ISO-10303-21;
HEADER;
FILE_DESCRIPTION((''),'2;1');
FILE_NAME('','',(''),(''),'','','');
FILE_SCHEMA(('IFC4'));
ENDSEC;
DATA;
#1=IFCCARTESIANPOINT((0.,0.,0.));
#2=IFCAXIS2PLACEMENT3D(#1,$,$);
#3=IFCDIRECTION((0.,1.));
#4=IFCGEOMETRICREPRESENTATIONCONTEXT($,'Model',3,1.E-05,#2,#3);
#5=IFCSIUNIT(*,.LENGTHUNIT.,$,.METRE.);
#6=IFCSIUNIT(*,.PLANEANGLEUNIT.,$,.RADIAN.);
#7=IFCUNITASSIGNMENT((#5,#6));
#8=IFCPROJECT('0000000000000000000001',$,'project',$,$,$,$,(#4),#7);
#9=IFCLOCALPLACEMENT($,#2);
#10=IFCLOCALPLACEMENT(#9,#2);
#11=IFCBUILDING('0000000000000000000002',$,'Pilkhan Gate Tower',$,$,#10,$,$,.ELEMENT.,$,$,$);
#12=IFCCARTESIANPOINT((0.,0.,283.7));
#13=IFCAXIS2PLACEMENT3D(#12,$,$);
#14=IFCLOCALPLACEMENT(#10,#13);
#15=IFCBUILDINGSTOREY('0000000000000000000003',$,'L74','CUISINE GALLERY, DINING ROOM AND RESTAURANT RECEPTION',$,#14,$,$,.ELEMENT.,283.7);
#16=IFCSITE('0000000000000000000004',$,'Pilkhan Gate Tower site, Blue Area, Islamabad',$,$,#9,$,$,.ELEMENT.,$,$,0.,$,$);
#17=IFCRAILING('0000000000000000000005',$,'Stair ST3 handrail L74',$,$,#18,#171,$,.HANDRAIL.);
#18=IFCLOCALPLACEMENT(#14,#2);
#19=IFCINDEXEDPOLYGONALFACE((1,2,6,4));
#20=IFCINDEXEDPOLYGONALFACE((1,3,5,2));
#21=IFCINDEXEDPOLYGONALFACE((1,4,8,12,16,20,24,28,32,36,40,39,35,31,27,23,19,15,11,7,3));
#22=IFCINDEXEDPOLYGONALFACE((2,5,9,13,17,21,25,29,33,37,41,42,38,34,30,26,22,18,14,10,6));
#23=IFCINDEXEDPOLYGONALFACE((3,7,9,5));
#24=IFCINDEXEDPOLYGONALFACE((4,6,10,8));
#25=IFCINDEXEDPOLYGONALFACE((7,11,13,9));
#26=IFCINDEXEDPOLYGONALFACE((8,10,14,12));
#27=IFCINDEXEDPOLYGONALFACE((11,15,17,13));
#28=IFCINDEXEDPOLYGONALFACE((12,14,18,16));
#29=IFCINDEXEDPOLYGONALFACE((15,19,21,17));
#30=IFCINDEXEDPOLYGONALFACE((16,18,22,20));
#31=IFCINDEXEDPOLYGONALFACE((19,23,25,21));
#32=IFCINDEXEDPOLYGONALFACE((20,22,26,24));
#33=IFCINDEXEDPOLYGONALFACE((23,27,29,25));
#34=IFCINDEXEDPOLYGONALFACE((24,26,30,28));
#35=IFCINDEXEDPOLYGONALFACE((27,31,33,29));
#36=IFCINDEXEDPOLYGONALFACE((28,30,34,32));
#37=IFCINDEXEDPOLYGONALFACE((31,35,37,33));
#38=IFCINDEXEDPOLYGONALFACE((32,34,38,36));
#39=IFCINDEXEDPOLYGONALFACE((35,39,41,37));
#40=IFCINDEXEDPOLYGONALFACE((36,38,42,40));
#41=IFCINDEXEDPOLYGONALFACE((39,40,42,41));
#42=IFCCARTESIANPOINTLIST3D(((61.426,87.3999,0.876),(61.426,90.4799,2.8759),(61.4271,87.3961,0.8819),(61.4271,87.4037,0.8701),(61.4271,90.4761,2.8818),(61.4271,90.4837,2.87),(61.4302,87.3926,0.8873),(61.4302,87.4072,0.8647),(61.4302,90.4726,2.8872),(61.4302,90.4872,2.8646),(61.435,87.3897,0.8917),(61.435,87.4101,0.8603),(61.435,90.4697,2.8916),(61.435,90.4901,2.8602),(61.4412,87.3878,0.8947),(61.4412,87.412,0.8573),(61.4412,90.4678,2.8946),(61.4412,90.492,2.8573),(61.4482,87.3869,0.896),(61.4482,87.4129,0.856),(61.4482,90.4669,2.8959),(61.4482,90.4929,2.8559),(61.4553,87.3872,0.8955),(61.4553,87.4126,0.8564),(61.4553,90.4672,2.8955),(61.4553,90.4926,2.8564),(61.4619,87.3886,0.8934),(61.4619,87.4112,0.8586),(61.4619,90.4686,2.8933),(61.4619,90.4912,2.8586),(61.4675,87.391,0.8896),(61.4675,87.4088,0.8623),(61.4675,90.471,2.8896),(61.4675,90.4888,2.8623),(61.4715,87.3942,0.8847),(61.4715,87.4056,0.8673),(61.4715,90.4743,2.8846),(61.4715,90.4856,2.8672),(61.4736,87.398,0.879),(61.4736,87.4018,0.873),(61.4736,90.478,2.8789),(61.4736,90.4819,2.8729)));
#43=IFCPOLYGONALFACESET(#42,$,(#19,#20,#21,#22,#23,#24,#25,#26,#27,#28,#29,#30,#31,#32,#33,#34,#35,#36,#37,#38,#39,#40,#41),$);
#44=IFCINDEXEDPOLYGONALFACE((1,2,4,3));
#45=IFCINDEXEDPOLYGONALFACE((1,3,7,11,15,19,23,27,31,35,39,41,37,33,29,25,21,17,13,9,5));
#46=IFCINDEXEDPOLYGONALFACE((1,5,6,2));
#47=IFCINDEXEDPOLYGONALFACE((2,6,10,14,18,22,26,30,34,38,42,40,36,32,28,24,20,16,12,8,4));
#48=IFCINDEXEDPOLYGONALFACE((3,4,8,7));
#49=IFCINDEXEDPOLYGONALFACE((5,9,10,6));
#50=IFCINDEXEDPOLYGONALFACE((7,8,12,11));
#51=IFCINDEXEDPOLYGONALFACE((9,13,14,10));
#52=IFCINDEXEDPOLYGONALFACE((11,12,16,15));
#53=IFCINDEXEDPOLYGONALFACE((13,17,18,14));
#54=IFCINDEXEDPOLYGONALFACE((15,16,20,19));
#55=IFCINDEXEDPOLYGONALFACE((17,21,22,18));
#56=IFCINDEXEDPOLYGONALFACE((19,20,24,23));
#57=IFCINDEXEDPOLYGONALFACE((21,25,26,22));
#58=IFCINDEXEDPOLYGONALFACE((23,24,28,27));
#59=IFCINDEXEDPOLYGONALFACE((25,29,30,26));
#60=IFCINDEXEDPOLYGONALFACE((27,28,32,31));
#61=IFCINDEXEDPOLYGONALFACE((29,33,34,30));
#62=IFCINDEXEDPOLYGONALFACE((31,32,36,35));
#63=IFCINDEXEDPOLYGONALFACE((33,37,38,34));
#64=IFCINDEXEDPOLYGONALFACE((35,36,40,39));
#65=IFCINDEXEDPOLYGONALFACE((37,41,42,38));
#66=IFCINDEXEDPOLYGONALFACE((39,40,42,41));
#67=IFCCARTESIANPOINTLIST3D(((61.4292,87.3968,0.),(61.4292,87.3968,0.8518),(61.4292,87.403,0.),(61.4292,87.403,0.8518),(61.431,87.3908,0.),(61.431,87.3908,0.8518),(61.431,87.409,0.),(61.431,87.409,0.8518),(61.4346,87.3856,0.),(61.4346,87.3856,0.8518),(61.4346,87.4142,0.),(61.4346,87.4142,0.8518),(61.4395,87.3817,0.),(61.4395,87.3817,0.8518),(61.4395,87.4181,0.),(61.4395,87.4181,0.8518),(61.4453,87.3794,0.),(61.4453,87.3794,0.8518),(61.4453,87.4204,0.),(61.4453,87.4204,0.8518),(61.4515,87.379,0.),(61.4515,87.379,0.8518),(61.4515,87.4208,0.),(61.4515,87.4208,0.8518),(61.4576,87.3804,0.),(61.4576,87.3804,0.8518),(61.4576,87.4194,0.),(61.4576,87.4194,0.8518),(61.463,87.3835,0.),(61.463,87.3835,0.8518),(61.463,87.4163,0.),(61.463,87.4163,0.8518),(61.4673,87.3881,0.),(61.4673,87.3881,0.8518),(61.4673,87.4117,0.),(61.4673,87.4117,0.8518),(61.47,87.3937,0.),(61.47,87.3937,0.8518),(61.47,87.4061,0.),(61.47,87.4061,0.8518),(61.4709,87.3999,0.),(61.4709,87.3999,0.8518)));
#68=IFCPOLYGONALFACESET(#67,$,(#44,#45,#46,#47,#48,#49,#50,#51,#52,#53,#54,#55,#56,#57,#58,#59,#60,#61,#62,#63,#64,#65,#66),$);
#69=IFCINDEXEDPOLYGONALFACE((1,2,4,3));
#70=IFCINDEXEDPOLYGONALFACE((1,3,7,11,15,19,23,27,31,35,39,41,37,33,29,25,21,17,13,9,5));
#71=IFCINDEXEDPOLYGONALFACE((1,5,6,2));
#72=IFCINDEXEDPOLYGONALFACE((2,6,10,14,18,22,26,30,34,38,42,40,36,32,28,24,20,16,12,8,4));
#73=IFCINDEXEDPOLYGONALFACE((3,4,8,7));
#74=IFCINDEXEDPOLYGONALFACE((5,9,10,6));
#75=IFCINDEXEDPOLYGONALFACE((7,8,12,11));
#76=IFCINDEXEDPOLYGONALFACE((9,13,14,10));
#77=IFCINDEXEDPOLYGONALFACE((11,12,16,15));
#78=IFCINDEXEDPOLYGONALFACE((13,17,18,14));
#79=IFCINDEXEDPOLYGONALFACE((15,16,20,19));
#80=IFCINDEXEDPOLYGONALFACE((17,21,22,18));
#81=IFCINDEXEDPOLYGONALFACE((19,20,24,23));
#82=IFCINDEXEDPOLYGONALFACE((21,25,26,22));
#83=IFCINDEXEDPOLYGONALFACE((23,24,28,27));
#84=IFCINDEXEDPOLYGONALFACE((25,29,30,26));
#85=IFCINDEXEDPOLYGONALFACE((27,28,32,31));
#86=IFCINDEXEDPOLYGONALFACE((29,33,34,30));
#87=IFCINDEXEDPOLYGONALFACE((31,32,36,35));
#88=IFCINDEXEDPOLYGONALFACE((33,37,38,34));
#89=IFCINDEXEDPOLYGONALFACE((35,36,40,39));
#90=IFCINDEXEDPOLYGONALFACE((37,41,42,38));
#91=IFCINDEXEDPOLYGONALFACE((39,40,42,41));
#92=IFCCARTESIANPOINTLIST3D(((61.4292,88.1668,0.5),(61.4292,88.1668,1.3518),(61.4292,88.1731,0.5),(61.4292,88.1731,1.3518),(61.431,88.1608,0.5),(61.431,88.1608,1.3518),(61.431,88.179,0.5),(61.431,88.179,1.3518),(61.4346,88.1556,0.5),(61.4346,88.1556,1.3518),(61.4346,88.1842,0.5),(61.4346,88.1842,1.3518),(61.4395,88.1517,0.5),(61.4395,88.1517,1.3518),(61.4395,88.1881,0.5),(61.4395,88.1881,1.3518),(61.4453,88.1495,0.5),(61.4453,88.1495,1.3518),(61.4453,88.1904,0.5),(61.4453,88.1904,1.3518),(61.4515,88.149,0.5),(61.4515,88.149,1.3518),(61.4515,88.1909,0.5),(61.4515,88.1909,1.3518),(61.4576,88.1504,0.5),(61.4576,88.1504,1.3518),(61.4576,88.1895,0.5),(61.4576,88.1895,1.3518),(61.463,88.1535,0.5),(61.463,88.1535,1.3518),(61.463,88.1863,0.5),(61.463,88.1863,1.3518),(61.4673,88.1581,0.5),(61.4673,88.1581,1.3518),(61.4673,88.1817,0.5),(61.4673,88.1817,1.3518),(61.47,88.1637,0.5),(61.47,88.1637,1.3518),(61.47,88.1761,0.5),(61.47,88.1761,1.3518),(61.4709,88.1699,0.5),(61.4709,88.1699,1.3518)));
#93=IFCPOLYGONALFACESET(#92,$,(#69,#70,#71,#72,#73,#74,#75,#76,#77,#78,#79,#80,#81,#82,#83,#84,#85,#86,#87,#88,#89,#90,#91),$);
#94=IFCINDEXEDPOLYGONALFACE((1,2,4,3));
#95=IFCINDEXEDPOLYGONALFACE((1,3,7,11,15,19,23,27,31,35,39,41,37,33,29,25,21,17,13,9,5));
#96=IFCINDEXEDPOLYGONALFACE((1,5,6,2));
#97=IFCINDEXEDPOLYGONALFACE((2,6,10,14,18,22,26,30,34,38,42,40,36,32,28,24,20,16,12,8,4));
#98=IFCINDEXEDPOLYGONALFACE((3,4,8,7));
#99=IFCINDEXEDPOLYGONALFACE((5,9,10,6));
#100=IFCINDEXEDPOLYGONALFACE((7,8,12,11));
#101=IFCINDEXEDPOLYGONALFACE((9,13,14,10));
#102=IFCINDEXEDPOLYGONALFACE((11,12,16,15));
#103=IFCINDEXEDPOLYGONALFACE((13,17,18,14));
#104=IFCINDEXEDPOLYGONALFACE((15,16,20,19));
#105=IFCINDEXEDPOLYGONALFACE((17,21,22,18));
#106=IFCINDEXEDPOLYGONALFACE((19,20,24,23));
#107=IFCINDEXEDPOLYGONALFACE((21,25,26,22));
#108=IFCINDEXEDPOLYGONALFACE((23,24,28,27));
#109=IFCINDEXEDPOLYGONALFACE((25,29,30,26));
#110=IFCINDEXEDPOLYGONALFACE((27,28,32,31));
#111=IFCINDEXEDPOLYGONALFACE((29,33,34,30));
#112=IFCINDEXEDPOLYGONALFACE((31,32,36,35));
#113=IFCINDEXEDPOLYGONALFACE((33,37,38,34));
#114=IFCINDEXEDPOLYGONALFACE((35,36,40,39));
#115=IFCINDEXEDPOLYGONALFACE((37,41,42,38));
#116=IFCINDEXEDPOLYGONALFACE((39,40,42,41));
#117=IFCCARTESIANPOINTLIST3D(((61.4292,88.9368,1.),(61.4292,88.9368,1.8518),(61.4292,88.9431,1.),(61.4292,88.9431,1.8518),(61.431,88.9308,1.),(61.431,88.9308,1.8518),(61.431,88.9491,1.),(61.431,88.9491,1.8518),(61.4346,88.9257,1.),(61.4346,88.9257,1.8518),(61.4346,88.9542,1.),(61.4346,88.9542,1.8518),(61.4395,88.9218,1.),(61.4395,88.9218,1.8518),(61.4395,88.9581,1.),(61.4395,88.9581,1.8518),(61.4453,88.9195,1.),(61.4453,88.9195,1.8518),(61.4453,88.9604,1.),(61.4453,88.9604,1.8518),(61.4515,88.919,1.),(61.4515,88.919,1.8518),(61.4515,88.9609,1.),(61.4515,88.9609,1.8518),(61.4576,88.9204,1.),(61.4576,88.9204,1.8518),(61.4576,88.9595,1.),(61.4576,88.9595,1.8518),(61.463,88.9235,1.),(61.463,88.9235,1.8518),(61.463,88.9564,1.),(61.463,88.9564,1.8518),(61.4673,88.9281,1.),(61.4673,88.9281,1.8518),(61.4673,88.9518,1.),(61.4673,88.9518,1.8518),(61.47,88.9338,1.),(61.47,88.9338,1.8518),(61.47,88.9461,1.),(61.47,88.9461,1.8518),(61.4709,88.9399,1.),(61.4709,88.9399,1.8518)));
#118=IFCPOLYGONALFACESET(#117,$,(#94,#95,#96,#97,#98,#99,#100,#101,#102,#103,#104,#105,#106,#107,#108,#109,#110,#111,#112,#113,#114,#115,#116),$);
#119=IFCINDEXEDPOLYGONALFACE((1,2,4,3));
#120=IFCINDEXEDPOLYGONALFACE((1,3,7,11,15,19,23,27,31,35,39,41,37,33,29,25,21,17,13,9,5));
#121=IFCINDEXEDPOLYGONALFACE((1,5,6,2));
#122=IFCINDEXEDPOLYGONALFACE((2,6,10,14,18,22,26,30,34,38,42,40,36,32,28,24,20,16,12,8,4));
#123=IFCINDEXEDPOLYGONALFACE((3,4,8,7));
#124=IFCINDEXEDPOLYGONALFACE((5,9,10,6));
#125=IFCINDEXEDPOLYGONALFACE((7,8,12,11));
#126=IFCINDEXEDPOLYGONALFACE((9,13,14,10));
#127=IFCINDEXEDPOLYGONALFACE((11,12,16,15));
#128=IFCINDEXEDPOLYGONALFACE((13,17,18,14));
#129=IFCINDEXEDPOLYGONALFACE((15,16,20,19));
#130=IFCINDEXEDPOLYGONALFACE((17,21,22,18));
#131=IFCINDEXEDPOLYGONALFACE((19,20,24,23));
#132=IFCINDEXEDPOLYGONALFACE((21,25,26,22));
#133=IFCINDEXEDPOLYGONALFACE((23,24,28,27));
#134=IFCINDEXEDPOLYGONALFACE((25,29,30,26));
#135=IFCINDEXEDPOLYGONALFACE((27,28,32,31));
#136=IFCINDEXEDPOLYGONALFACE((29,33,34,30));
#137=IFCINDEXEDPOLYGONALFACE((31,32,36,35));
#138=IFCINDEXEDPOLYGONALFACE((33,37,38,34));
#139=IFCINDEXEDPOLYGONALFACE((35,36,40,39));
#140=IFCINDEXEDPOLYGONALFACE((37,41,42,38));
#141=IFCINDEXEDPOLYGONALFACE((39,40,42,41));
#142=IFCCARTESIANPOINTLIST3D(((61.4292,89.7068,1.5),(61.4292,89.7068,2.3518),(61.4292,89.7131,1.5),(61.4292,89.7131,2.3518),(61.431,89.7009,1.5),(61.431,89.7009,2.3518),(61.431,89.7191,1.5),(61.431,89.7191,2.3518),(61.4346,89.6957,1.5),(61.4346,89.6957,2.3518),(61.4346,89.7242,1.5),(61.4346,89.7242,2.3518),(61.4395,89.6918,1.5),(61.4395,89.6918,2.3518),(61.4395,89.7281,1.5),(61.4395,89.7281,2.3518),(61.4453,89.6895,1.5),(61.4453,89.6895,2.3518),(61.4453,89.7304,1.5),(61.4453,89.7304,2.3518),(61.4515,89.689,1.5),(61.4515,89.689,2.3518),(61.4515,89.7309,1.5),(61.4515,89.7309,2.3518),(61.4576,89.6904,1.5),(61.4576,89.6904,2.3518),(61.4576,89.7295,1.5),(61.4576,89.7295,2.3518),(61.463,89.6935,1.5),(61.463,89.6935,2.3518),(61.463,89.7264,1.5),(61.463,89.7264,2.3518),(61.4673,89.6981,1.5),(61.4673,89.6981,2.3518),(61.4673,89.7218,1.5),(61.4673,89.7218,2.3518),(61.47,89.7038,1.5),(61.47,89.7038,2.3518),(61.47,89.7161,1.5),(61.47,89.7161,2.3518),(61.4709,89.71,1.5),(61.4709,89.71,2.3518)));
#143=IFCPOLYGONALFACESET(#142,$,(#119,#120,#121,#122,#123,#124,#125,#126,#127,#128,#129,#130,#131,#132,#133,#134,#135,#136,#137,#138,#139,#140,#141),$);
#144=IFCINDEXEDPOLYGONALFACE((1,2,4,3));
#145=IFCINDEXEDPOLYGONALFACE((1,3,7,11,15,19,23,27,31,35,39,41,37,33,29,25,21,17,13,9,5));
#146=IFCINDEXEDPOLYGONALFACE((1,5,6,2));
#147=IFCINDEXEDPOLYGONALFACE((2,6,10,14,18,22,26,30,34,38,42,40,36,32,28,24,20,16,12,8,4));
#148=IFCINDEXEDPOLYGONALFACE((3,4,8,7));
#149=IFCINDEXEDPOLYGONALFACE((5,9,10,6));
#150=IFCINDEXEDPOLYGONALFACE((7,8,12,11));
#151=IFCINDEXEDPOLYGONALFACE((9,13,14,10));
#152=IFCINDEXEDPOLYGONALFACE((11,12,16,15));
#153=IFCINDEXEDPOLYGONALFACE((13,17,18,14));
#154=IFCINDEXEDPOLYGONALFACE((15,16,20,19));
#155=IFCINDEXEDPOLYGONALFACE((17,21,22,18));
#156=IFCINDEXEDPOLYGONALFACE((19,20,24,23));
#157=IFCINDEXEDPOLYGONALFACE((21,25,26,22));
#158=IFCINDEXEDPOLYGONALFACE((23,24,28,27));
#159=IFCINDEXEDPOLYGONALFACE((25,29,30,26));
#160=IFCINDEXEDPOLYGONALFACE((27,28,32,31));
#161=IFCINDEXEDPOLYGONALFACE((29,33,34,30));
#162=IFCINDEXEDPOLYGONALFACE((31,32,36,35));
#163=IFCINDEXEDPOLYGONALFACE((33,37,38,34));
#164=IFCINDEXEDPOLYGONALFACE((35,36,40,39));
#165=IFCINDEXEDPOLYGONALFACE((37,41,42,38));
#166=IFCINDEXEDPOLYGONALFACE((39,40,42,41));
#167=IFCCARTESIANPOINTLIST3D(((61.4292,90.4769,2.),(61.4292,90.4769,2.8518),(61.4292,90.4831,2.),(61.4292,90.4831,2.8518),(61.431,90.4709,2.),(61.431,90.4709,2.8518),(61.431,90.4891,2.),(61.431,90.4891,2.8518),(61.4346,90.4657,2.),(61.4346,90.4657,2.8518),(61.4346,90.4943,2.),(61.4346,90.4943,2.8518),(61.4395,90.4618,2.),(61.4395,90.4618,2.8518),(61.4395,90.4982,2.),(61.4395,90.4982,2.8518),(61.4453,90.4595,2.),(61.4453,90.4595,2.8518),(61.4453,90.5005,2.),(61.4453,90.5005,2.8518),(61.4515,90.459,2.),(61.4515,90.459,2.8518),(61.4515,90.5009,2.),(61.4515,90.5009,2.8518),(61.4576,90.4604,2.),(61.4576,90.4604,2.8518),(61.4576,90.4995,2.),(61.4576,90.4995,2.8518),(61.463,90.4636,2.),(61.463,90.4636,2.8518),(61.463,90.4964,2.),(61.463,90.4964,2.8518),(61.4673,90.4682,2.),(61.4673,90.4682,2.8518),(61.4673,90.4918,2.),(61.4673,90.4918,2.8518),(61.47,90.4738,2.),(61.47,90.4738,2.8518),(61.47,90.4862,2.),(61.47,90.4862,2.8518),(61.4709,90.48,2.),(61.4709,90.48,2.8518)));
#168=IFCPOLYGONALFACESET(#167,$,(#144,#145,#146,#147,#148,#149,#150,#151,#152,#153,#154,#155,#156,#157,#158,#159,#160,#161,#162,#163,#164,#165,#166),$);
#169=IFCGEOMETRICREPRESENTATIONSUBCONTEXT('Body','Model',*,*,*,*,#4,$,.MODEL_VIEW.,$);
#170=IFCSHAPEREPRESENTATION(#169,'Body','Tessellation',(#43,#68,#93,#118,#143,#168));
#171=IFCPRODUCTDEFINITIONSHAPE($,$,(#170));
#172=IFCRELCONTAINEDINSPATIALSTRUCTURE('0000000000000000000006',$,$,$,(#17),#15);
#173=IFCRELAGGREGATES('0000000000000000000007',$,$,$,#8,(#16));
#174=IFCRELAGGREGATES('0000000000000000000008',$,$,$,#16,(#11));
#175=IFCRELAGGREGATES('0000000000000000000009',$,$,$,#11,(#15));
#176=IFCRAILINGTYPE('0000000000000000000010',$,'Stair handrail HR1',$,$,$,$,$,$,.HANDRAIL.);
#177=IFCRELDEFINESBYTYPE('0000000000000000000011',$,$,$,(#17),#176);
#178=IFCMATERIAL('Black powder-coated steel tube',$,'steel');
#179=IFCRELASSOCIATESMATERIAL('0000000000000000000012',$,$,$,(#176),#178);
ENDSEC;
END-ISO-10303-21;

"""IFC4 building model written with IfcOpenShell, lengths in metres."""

from ifc_helpers import new_model, si_unit, direction, frame, origin, origin_2d, place, context, subcontext, project, spatial, circle, extrude, material, type_object, element, save


model = new_model("IFC4")

# Units and contexts
model_context = context("Model", 3, precision=1e-05, world=origin(), true_north=direction((0.0, 1.0)))
body_context = subcontext(model_context, "Body", "Model", "MODEL_VIEW")
ifc_project = project(units=[si_unit("LENGTHUNIT", "METRE"), si_unit("PLANEANGLEUNIT", "RADIAN")], contexts=[model_context])

# Site, building, storey
site_placement = place(None, origin())
site = spatial("IfcSite", under=ifc_project, at=site_placement, Name="Pilkhan Gate Tower site, Blue Area, Islamabad", CompositionType="ELEMENT", RefElevation=0.0)
building_placement = place(site_placement, origin())
building = spatial("IfcBuilding", under=site, at=building_placement, Name="Pilkhan Gate Tower", CompositionType="ELEMENT")
storey_placement = place(building_placement, frame((0.0, 0.0, 283.7)))
storey = spatial("IfcBuildingStorey", under=building, at=storey_placement, Name="L74", Description="CUISINE GALLERY, DINING ROOM AND RESTAURANT RECEPTION", CompositionType="ELEMENT", Elevation=283.7)

# Railing
ifc_material_1 = material(Name="Black powder-coated steel tube", Category="steel")
railing_type_1 = type_object("IfcRailingType", Name="Stair handrail HR1", PredefinedType="HANDRAIL", material=ifc_material_1)
railing_1_placement = place(storey_placement, frame((61.45, 87.3999, 0.0)))
element("IfcRailing", 1, at=railing_1_placement, inside=storey, type_object=railing_type_1, Name="Stair ST3 handrail L74", PredefinedType="HANDRAIL", context=body_context, shape_type="SweptSolid", body=[
    extrude(circle(Radius=0.0239, at=origin_2d()), frame((0.0, 0.0, 0.876), z_axis=(0.0, 0.838699, 0.544596), x_axis=(-1.0, 0.0, 0.0)), (0.0, 0.0, 1.0), 3.6724),
    extrude(circle(Radius=0.021, at=origin_2d()), origin(), (0.0, 0.0, 1.0), 0.8518),
    extrude(circle(Radius=0.021, at=origin_2d()), frame((0.0, 0.77, 0.5)), (0.0, 0.0, 1.0), 0.8518),
    extrude(circle(Radius=0.021, at=origin_2d()), frame((0.0, 1.54, 1.0)), (0.0, 0.0, 1.0), 0.8518),
    extrude(circle(Radius=0.021, at=origin_2d()), frame((0.0, 2.3101, 1.5)), (0.0, 0.0, 1.0), 0.8518),
    extrude(circle(Radius=0.021, at=origin_2d()), frame((0.0, 3.0801, 2.0)), (0.0, 0.0, 1.0), 0.8518),
])

save(model, "model.ifc")
